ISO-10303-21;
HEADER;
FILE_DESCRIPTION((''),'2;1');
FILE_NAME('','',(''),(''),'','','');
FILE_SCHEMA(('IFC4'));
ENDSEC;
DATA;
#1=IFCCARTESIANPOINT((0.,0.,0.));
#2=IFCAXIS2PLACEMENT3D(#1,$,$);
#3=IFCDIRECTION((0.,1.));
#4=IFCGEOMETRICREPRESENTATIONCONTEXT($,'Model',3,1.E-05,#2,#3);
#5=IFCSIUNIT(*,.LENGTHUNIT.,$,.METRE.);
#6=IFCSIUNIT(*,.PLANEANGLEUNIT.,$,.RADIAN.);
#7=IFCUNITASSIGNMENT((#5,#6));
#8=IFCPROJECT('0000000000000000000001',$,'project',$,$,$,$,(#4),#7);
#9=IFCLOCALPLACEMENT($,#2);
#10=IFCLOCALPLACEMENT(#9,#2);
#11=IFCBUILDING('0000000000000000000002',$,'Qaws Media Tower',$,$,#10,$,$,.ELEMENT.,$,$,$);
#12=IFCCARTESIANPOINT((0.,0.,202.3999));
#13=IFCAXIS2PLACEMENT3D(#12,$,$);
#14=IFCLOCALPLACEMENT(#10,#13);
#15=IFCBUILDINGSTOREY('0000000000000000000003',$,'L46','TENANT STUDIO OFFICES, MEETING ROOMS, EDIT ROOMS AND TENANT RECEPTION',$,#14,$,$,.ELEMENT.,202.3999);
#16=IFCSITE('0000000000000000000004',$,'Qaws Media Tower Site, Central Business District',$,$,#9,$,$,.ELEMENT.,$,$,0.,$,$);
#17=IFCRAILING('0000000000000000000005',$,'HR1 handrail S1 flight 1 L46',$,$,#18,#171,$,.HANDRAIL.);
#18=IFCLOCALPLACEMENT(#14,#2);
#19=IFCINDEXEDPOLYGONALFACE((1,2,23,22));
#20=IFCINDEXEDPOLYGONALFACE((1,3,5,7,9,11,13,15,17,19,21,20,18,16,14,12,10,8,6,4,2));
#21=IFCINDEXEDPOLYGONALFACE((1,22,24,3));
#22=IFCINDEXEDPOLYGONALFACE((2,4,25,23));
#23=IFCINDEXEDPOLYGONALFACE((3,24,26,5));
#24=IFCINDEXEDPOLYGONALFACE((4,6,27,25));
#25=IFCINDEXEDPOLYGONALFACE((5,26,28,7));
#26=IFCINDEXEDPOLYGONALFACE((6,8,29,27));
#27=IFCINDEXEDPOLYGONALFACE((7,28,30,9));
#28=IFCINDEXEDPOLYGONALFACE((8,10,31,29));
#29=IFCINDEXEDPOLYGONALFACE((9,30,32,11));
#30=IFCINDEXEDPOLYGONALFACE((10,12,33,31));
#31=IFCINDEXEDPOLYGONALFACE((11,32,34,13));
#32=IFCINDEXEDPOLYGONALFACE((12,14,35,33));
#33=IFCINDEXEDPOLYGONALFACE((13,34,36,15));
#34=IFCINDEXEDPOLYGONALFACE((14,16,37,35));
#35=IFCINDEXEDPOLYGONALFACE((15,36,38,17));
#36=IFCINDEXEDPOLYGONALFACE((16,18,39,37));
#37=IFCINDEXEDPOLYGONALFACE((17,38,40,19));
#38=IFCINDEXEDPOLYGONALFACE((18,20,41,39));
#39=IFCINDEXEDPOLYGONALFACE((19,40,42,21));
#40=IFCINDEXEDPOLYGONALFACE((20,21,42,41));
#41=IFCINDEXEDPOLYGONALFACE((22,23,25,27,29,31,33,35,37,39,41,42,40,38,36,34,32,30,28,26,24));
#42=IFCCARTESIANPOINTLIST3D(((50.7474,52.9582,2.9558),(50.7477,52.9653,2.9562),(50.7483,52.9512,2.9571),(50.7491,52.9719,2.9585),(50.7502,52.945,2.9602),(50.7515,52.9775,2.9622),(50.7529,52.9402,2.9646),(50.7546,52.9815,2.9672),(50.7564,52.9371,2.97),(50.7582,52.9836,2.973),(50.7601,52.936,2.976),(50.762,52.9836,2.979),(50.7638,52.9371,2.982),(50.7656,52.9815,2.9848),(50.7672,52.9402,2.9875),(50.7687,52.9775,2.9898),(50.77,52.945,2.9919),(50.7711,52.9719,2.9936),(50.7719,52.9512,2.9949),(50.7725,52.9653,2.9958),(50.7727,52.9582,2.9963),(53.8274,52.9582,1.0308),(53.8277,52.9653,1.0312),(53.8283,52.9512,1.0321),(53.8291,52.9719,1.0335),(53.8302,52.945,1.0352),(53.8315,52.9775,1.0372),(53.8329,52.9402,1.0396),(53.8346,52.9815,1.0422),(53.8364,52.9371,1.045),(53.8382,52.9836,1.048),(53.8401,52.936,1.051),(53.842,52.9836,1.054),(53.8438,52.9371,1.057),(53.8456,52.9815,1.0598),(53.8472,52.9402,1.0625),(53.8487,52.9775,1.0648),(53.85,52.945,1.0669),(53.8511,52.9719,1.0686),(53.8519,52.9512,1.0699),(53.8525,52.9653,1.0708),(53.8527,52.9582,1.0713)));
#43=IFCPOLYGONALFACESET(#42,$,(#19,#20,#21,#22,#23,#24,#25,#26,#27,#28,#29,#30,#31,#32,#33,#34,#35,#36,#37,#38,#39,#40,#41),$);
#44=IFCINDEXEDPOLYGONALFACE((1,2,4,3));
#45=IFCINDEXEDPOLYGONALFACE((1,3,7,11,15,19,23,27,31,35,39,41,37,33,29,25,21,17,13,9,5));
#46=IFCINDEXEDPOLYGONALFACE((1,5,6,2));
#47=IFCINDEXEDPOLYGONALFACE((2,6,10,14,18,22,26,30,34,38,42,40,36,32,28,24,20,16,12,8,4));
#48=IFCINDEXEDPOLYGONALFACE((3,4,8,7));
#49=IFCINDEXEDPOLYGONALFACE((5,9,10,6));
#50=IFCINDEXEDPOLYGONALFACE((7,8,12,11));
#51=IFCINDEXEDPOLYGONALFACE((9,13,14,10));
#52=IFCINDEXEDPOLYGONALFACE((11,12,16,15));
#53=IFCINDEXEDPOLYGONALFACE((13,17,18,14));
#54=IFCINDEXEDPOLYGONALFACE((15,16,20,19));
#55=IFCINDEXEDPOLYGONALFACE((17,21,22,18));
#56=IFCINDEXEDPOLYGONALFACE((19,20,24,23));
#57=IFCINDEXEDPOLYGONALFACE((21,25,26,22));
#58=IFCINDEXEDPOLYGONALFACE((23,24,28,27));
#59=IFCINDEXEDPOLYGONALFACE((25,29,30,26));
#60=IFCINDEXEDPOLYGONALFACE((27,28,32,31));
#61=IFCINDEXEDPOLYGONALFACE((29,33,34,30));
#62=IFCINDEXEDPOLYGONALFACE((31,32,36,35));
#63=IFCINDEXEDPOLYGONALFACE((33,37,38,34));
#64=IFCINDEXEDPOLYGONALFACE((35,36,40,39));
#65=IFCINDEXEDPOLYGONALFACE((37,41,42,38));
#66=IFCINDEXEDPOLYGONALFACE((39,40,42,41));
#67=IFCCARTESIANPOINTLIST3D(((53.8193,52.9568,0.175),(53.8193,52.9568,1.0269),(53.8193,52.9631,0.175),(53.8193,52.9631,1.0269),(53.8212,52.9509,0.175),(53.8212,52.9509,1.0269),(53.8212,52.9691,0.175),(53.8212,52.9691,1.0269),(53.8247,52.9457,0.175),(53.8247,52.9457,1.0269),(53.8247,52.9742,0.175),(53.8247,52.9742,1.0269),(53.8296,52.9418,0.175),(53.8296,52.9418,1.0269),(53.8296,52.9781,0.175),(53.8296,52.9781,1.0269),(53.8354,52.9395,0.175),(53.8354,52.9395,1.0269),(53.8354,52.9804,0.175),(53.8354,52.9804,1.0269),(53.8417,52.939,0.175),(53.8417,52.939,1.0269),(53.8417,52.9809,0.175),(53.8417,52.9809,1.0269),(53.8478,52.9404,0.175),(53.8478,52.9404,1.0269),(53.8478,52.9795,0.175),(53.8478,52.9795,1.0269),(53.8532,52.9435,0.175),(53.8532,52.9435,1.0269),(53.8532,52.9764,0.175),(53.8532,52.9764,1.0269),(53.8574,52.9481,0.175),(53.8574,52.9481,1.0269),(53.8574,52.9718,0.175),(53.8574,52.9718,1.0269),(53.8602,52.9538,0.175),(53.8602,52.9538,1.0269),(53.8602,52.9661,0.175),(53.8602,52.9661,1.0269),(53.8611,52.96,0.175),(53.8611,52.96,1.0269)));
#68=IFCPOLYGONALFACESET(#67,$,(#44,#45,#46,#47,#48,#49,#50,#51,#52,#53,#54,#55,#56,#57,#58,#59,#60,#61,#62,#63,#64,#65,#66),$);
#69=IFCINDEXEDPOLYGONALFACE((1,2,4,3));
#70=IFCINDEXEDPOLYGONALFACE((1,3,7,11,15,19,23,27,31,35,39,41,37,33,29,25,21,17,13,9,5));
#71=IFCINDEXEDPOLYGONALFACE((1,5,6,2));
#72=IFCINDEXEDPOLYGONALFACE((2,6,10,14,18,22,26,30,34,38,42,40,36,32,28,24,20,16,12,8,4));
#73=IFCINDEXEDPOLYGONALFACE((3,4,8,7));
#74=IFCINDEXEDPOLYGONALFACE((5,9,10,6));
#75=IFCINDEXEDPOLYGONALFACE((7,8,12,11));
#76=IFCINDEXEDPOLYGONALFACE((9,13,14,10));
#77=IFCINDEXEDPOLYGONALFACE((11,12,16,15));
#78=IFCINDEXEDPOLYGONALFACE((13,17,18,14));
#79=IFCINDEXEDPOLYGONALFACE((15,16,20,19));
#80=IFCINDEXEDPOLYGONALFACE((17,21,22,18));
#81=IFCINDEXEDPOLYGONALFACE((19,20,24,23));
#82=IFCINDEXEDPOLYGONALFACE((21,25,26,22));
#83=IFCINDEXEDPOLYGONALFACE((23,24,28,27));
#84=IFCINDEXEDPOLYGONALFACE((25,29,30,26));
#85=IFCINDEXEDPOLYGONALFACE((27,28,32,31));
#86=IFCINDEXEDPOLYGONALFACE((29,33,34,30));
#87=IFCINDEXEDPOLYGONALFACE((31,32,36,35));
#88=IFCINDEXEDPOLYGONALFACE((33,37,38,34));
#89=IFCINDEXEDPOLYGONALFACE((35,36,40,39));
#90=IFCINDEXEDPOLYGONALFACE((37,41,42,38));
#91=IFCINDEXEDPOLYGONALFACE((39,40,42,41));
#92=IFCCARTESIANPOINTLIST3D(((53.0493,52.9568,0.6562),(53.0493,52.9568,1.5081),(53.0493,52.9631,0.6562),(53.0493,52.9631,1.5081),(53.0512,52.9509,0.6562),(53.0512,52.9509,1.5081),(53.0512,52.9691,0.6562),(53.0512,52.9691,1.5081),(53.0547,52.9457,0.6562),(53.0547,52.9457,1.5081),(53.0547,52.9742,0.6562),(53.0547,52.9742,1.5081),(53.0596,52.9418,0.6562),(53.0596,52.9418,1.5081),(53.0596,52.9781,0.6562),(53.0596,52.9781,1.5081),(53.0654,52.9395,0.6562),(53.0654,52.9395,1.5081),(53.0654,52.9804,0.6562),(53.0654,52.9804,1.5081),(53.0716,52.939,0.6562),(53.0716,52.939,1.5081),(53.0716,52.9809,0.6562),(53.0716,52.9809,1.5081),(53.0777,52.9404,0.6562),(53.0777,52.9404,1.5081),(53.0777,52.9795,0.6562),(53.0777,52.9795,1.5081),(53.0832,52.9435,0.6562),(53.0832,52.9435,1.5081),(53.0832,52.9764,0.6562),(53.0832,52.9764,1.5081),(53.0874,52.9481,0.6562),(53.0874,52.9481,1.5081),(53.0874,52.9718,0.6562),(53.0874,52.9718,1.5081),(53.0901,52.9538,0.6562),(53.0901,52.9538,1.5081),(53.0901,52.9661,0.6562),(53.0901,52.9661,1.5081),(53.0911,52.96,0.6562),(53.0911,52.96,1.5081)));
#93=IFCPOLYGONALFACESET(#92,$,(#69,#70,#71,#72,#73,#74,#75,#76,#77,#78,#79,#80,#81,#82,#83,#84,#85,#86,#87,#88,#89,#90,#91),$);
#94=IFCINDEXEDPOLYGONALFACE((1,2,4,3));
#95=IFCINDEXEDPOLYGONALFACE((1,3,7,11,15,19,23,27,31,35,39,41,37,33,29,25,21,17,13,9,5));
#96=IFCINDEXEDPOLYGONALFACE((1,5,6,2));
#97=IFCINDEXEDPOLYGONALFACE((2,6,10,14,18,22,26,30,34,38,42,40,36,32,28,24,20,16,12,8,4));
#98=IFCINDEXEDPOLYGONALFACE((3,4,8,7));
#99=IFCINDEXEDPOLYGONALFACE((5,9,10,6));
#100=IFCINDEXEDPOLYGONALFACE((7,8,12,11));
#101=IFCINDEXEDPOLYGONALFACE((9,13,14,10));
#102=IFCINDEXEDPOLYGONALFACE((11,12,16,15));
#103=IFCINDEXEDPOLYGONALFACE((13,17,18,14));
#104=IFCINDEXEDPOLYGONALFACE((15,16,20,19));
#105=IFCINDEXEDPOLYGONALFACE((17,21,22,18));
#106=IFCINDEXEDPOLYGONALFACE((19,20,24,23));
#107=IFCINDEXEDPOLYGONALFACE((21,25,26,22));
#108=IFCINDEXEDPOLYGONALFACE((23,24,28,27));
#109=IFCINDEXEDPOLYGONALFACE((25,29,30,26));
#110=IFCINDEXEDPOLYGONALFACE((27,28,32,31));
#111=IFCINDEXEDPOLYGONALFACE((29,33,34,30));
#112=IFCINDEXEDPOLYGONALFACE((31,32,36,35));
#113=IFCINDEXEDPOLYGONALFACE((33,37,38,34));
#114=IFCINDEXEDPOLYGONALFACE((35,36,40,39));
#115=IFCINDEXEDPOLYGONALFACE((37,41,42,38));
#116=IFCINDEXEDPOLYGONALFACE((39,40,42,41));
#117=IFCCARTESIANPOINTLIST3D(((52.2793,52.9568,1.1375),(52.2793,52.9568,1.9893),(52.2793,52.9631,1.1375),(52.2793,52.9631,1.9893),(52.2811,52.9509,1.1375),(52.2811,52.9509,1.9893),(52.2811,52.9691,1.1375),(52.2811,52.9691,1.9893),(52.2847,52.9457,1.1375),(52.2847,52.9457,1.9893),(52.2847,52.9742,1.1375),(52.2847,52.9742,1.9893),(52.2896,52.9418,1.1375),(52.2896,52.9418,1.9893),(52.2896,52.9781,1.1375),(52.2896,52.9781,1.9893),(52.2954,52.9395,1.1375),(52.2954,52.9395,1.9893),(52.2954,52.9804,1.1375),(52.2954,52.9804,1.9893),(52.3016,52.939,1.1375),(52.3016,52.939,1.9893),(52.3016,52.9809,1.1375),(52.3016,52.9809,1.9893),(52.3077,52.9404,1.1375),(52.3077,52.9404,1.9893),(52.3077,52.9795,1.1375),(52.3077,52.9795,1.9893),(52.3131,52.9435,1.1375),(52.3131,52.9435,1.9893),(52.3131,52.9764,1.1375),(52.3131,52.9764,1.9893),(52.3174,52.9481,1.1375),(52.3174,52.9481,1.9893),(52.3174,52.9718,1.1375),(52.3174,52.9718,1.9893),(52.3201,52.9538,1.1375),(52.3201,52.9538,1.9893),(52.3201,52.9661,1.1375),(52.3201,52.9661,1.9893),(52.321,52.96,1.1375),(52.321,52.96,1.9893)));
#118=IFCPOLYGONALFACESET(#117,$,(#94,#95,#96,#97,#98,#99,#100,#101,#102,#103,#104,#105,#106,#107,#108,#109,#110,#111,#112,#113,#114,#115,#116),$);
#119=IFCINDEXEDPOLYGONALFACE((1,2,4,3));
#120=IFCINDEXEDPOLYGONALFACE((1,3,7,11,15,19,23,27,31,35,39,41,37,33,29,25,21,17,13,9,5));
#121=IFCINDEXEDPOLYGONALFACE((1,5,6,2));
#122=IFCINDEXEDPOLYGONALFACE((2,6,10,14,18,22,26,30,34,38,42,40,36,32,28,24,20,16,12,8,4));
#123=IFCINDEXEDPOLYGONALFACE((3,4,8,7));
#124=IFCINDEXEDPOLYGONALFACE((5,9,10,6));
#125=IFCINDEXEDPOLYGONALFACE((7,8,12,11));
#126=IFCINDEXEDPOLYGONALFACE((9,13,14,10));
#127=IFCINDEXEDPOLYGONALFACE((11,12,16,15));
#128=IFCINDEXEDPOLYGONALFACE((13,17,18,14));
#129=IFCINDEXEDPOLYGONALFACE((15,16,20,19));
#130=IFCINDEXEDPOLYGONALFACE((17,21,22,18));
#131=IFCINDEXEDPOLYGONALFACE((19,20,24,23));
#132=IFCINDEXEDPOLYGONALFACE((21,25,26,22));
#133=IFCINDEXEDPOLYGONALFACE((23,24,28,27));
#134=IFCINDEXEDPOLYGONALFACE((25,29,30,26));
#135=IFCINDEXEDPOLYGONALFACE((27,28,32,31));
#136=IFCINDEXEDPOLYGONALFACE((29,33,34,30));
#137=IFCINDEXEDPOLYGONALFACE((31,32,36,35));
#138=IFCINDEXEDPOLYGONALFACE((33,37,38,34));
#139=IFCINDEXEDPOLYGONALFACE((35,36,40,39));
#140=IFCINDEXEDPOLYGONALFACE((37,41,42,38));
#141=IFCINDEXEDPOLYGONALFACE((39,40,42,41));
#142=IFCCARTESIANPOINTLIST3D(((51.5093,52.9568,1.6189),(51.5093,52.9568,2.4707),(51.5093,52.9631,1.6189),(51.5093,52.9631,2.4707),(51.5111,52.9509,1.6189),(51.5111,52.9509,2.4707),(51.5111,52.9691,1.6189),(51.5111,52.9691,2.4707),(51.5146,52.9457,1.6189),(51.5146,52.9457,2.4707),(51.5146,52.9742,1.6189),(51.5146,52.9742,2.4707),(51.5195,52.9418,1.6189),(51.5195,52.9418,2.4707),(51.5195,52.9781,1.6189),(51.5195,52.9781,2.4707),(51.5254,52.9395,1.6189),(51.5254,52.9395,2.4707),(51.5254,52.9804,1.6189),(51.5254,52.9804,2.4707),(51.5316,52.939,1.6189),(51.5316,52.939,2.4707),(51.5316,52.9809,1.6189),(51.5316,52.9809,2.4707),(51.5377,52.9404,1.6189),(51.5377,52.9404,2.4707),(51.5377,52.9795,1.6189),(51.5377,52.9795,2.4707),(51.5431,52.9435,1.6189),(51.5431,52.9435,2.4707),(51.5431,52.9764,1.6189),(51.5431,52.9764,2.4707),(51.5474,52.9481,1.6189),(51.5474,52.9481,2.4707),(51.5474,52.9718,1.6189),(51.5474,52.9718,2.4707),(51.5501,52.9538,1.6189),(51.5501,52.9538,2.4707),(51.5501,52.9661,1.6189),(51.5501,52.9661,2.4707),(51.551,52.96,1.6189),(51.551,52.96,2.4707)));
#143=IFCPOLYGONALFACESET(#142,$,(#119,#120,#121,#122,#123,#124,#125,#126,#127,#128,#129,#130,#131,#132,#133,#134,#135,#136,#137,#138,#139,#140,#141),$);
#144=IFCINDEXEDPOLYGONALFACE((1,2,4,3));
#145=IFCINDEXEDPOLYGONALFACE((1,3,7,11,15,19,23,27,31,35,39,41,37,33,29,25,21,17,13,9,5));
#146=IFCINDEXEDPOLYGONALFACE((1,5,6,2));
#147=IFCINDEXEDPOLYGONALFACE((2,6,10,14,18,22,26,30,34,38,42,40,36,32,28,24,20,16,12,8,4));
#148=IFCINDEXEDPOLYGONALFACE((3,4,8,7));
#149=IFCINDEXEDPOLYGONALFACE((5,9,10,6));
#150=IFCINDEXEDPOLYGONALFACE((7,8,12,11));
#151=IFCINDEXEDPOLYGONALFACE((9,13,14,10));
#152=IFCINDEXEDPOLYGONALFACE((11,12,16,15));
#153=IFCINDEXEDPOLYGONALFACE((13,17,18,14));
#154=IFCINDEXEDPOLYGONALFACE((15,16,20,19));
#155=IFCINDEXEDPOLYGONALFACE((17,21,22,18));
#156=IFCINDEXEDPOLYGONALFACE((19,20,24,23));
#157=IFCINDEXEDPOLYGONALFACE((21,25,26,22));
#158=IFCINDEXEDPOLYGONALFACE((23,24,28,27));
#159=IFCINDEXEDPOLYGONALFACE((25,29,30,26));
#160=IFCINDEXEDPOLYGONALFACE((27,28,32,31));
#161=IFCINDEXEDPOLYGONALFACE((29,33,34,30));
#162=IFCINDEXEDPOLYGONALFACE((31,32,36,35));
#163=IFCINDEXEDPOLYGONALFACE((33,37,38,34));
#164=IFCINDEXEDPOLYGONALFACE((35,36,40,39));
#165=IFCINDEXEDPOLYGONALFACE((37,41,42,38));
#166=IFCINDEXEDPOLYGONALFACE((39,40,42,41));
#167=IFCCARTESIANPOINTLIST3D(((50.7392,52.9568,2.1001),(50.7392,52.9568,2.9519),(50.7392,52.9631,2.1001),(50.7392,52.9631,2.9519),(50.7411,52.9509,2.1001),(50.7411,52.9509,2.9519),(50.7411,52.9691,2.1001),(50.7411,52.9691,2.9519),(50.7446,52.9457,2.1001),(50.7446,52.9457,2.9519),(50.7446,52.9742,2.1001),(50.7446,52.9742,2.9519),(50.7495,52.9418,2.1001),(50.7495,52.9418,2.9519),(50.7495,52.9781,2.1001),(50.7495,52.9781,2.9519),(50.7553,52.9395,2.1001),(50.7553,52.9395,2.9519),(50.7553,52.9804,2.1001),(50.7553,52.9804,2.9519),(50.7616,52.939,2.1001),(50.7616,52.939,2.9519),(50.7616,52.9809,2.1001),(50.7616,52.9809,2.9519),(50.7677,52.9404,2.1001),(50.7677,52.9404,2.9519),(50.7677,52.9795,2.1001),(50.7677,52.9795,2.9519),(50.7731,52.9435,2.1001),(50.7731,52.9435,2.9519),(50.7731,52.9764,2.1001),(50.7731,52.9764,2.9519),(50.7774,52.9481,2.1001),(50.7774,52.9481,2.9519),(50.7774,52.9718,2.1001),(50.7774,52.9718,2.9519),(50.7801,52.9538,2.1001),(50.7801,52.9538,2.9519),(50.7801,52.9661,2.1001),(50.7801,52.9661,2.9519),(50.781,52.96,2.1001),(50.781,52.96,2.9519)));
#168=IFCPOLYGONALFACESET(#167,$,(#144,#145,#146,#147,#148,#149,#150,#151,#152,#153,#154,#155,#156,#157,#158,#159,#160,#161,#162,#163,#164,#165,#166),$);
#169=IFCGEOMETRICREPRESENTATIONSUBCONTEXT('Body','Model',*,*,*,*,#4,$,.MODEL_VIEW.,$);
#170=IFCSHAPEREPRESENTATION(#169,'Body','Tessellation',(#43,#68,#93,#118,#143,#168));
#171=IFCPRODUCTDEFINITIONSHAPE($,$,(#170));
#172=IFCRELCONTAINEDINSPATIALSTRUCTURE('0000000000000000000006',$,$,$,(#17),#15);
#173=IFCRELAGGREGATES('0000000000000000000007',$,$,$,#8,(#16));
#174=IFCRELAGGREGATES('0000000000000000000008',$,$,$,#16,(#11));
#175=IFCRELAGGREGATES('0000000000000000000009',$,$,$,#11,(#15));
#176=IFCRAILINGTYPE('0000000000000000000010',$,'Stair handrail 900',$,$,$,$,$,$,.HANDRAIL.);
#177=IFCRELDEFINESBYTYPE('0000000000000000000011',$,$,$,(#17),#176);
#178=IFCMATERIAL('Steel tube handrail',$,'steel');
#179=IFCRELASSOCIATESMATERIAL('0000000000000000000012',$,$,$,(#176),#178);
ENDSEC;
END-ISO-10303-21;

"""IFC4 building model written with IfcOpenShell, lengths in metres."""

from ifc_helpers import new_model, si_unit, direction, frame, origin, origin_2d, place, context, subcontext, project, spatial, circle, extrude, material, type_object, element, save


model = new_model("IFC4")

# Units and contexts
model_context = context("Model", 3, precision=1e-05, world=origin(), true_north=direction((0.0, 1.0)))
body_context = subcontext(model_context, "Body", "Model", "MODEL_VIEW")
ifc_project = project(units=[si_unit("LENGTHUNIT", "METRE"), si_unit("PLANEANGLEUNIT", "RADIAN")], contexts=[model_context])

# Site, building, storey
site_placement = place(None, origin())
site = spatial("IfcSite", under=ifc_project, at=site_placement, Name="Qaws Media Tower Site, Central Business District", CompositionType="ELEMENT", RefElevation=0.0)
building_placement = place(site_placement, origin())
building = spatial("IfcBuilding", under=site, at=building_placement, Name="Qaws Media Tower", CompositionType="ELEMENT")
storey_placement = place(building_placement, frame((0.0, 0.0, 202.3999)))
storey = spatial("IfcBuildingStorey", under=building, at=storey_placement, Name="L46", Description="TENANT STUDIO OFFICES, MEETING ROOMS, EDIT ROOMS AND TENANT RECEPTION", CompositionType="ELEMENT", Elevation=202.3999)

# Railing
ifc_material_1 = material(Name="Steel tube handrail", Category="steel")
railing_type = type_object("IfcRailingType", Name="Stair handrail 900", PredefinedType="HANDRAIL", material=ifc_material_1)
railing_placement = place(storey_placement, frame((53.8401, 52.96, 0.175)))
element("IfcRailing", 1, at=railing_placement, inside=storey, type_object=railing_type, Name="HR1 handrail S1 flight 1 L46", PredefinedType="HANDRAIL", context=body_context, shape_type="SweptSolid", body=[
    extrude(circle(Radius=0.0239, at=origin_2d()), frame((0.0, 0.0, 0.876), z_axis=(-0.847998, 0.0, 0.529999), x_axis=(0.0, -1.0, 0.0)), (0.0, 0.0, 1.0), 3.6321),
    extrude(circle(Radius=0.021, at=origin_2d()), origin(), (0.0, 0.0, 1.0), 0.8518),
    extrude(circle(Radius=0.021, at=origin_2d()), frame((-0.77, 0.0, 0.4812)), (0.0, 0.0, 1.0), 0.8518),
    extrude(circle(Radius=0.021, at=origin_2d()), frame((-1.54, 0.0, 0.9624)), (0.0, 0.0, 1.0), 0.8518),
    extrude(circle(Radius=0.021, at=origin_2d()), frame((-2.3101, 0.0, 1.4438)), (0.0, 0.0, 1.0), 0.8518),
    extrude(circle(Radius=0.021, at=origin_2d()), frame((-3.0801, 0.0, 1.925)), (0.0, 0.0, 1.0), 0.8518),
])

save(model, "model.ifc")
